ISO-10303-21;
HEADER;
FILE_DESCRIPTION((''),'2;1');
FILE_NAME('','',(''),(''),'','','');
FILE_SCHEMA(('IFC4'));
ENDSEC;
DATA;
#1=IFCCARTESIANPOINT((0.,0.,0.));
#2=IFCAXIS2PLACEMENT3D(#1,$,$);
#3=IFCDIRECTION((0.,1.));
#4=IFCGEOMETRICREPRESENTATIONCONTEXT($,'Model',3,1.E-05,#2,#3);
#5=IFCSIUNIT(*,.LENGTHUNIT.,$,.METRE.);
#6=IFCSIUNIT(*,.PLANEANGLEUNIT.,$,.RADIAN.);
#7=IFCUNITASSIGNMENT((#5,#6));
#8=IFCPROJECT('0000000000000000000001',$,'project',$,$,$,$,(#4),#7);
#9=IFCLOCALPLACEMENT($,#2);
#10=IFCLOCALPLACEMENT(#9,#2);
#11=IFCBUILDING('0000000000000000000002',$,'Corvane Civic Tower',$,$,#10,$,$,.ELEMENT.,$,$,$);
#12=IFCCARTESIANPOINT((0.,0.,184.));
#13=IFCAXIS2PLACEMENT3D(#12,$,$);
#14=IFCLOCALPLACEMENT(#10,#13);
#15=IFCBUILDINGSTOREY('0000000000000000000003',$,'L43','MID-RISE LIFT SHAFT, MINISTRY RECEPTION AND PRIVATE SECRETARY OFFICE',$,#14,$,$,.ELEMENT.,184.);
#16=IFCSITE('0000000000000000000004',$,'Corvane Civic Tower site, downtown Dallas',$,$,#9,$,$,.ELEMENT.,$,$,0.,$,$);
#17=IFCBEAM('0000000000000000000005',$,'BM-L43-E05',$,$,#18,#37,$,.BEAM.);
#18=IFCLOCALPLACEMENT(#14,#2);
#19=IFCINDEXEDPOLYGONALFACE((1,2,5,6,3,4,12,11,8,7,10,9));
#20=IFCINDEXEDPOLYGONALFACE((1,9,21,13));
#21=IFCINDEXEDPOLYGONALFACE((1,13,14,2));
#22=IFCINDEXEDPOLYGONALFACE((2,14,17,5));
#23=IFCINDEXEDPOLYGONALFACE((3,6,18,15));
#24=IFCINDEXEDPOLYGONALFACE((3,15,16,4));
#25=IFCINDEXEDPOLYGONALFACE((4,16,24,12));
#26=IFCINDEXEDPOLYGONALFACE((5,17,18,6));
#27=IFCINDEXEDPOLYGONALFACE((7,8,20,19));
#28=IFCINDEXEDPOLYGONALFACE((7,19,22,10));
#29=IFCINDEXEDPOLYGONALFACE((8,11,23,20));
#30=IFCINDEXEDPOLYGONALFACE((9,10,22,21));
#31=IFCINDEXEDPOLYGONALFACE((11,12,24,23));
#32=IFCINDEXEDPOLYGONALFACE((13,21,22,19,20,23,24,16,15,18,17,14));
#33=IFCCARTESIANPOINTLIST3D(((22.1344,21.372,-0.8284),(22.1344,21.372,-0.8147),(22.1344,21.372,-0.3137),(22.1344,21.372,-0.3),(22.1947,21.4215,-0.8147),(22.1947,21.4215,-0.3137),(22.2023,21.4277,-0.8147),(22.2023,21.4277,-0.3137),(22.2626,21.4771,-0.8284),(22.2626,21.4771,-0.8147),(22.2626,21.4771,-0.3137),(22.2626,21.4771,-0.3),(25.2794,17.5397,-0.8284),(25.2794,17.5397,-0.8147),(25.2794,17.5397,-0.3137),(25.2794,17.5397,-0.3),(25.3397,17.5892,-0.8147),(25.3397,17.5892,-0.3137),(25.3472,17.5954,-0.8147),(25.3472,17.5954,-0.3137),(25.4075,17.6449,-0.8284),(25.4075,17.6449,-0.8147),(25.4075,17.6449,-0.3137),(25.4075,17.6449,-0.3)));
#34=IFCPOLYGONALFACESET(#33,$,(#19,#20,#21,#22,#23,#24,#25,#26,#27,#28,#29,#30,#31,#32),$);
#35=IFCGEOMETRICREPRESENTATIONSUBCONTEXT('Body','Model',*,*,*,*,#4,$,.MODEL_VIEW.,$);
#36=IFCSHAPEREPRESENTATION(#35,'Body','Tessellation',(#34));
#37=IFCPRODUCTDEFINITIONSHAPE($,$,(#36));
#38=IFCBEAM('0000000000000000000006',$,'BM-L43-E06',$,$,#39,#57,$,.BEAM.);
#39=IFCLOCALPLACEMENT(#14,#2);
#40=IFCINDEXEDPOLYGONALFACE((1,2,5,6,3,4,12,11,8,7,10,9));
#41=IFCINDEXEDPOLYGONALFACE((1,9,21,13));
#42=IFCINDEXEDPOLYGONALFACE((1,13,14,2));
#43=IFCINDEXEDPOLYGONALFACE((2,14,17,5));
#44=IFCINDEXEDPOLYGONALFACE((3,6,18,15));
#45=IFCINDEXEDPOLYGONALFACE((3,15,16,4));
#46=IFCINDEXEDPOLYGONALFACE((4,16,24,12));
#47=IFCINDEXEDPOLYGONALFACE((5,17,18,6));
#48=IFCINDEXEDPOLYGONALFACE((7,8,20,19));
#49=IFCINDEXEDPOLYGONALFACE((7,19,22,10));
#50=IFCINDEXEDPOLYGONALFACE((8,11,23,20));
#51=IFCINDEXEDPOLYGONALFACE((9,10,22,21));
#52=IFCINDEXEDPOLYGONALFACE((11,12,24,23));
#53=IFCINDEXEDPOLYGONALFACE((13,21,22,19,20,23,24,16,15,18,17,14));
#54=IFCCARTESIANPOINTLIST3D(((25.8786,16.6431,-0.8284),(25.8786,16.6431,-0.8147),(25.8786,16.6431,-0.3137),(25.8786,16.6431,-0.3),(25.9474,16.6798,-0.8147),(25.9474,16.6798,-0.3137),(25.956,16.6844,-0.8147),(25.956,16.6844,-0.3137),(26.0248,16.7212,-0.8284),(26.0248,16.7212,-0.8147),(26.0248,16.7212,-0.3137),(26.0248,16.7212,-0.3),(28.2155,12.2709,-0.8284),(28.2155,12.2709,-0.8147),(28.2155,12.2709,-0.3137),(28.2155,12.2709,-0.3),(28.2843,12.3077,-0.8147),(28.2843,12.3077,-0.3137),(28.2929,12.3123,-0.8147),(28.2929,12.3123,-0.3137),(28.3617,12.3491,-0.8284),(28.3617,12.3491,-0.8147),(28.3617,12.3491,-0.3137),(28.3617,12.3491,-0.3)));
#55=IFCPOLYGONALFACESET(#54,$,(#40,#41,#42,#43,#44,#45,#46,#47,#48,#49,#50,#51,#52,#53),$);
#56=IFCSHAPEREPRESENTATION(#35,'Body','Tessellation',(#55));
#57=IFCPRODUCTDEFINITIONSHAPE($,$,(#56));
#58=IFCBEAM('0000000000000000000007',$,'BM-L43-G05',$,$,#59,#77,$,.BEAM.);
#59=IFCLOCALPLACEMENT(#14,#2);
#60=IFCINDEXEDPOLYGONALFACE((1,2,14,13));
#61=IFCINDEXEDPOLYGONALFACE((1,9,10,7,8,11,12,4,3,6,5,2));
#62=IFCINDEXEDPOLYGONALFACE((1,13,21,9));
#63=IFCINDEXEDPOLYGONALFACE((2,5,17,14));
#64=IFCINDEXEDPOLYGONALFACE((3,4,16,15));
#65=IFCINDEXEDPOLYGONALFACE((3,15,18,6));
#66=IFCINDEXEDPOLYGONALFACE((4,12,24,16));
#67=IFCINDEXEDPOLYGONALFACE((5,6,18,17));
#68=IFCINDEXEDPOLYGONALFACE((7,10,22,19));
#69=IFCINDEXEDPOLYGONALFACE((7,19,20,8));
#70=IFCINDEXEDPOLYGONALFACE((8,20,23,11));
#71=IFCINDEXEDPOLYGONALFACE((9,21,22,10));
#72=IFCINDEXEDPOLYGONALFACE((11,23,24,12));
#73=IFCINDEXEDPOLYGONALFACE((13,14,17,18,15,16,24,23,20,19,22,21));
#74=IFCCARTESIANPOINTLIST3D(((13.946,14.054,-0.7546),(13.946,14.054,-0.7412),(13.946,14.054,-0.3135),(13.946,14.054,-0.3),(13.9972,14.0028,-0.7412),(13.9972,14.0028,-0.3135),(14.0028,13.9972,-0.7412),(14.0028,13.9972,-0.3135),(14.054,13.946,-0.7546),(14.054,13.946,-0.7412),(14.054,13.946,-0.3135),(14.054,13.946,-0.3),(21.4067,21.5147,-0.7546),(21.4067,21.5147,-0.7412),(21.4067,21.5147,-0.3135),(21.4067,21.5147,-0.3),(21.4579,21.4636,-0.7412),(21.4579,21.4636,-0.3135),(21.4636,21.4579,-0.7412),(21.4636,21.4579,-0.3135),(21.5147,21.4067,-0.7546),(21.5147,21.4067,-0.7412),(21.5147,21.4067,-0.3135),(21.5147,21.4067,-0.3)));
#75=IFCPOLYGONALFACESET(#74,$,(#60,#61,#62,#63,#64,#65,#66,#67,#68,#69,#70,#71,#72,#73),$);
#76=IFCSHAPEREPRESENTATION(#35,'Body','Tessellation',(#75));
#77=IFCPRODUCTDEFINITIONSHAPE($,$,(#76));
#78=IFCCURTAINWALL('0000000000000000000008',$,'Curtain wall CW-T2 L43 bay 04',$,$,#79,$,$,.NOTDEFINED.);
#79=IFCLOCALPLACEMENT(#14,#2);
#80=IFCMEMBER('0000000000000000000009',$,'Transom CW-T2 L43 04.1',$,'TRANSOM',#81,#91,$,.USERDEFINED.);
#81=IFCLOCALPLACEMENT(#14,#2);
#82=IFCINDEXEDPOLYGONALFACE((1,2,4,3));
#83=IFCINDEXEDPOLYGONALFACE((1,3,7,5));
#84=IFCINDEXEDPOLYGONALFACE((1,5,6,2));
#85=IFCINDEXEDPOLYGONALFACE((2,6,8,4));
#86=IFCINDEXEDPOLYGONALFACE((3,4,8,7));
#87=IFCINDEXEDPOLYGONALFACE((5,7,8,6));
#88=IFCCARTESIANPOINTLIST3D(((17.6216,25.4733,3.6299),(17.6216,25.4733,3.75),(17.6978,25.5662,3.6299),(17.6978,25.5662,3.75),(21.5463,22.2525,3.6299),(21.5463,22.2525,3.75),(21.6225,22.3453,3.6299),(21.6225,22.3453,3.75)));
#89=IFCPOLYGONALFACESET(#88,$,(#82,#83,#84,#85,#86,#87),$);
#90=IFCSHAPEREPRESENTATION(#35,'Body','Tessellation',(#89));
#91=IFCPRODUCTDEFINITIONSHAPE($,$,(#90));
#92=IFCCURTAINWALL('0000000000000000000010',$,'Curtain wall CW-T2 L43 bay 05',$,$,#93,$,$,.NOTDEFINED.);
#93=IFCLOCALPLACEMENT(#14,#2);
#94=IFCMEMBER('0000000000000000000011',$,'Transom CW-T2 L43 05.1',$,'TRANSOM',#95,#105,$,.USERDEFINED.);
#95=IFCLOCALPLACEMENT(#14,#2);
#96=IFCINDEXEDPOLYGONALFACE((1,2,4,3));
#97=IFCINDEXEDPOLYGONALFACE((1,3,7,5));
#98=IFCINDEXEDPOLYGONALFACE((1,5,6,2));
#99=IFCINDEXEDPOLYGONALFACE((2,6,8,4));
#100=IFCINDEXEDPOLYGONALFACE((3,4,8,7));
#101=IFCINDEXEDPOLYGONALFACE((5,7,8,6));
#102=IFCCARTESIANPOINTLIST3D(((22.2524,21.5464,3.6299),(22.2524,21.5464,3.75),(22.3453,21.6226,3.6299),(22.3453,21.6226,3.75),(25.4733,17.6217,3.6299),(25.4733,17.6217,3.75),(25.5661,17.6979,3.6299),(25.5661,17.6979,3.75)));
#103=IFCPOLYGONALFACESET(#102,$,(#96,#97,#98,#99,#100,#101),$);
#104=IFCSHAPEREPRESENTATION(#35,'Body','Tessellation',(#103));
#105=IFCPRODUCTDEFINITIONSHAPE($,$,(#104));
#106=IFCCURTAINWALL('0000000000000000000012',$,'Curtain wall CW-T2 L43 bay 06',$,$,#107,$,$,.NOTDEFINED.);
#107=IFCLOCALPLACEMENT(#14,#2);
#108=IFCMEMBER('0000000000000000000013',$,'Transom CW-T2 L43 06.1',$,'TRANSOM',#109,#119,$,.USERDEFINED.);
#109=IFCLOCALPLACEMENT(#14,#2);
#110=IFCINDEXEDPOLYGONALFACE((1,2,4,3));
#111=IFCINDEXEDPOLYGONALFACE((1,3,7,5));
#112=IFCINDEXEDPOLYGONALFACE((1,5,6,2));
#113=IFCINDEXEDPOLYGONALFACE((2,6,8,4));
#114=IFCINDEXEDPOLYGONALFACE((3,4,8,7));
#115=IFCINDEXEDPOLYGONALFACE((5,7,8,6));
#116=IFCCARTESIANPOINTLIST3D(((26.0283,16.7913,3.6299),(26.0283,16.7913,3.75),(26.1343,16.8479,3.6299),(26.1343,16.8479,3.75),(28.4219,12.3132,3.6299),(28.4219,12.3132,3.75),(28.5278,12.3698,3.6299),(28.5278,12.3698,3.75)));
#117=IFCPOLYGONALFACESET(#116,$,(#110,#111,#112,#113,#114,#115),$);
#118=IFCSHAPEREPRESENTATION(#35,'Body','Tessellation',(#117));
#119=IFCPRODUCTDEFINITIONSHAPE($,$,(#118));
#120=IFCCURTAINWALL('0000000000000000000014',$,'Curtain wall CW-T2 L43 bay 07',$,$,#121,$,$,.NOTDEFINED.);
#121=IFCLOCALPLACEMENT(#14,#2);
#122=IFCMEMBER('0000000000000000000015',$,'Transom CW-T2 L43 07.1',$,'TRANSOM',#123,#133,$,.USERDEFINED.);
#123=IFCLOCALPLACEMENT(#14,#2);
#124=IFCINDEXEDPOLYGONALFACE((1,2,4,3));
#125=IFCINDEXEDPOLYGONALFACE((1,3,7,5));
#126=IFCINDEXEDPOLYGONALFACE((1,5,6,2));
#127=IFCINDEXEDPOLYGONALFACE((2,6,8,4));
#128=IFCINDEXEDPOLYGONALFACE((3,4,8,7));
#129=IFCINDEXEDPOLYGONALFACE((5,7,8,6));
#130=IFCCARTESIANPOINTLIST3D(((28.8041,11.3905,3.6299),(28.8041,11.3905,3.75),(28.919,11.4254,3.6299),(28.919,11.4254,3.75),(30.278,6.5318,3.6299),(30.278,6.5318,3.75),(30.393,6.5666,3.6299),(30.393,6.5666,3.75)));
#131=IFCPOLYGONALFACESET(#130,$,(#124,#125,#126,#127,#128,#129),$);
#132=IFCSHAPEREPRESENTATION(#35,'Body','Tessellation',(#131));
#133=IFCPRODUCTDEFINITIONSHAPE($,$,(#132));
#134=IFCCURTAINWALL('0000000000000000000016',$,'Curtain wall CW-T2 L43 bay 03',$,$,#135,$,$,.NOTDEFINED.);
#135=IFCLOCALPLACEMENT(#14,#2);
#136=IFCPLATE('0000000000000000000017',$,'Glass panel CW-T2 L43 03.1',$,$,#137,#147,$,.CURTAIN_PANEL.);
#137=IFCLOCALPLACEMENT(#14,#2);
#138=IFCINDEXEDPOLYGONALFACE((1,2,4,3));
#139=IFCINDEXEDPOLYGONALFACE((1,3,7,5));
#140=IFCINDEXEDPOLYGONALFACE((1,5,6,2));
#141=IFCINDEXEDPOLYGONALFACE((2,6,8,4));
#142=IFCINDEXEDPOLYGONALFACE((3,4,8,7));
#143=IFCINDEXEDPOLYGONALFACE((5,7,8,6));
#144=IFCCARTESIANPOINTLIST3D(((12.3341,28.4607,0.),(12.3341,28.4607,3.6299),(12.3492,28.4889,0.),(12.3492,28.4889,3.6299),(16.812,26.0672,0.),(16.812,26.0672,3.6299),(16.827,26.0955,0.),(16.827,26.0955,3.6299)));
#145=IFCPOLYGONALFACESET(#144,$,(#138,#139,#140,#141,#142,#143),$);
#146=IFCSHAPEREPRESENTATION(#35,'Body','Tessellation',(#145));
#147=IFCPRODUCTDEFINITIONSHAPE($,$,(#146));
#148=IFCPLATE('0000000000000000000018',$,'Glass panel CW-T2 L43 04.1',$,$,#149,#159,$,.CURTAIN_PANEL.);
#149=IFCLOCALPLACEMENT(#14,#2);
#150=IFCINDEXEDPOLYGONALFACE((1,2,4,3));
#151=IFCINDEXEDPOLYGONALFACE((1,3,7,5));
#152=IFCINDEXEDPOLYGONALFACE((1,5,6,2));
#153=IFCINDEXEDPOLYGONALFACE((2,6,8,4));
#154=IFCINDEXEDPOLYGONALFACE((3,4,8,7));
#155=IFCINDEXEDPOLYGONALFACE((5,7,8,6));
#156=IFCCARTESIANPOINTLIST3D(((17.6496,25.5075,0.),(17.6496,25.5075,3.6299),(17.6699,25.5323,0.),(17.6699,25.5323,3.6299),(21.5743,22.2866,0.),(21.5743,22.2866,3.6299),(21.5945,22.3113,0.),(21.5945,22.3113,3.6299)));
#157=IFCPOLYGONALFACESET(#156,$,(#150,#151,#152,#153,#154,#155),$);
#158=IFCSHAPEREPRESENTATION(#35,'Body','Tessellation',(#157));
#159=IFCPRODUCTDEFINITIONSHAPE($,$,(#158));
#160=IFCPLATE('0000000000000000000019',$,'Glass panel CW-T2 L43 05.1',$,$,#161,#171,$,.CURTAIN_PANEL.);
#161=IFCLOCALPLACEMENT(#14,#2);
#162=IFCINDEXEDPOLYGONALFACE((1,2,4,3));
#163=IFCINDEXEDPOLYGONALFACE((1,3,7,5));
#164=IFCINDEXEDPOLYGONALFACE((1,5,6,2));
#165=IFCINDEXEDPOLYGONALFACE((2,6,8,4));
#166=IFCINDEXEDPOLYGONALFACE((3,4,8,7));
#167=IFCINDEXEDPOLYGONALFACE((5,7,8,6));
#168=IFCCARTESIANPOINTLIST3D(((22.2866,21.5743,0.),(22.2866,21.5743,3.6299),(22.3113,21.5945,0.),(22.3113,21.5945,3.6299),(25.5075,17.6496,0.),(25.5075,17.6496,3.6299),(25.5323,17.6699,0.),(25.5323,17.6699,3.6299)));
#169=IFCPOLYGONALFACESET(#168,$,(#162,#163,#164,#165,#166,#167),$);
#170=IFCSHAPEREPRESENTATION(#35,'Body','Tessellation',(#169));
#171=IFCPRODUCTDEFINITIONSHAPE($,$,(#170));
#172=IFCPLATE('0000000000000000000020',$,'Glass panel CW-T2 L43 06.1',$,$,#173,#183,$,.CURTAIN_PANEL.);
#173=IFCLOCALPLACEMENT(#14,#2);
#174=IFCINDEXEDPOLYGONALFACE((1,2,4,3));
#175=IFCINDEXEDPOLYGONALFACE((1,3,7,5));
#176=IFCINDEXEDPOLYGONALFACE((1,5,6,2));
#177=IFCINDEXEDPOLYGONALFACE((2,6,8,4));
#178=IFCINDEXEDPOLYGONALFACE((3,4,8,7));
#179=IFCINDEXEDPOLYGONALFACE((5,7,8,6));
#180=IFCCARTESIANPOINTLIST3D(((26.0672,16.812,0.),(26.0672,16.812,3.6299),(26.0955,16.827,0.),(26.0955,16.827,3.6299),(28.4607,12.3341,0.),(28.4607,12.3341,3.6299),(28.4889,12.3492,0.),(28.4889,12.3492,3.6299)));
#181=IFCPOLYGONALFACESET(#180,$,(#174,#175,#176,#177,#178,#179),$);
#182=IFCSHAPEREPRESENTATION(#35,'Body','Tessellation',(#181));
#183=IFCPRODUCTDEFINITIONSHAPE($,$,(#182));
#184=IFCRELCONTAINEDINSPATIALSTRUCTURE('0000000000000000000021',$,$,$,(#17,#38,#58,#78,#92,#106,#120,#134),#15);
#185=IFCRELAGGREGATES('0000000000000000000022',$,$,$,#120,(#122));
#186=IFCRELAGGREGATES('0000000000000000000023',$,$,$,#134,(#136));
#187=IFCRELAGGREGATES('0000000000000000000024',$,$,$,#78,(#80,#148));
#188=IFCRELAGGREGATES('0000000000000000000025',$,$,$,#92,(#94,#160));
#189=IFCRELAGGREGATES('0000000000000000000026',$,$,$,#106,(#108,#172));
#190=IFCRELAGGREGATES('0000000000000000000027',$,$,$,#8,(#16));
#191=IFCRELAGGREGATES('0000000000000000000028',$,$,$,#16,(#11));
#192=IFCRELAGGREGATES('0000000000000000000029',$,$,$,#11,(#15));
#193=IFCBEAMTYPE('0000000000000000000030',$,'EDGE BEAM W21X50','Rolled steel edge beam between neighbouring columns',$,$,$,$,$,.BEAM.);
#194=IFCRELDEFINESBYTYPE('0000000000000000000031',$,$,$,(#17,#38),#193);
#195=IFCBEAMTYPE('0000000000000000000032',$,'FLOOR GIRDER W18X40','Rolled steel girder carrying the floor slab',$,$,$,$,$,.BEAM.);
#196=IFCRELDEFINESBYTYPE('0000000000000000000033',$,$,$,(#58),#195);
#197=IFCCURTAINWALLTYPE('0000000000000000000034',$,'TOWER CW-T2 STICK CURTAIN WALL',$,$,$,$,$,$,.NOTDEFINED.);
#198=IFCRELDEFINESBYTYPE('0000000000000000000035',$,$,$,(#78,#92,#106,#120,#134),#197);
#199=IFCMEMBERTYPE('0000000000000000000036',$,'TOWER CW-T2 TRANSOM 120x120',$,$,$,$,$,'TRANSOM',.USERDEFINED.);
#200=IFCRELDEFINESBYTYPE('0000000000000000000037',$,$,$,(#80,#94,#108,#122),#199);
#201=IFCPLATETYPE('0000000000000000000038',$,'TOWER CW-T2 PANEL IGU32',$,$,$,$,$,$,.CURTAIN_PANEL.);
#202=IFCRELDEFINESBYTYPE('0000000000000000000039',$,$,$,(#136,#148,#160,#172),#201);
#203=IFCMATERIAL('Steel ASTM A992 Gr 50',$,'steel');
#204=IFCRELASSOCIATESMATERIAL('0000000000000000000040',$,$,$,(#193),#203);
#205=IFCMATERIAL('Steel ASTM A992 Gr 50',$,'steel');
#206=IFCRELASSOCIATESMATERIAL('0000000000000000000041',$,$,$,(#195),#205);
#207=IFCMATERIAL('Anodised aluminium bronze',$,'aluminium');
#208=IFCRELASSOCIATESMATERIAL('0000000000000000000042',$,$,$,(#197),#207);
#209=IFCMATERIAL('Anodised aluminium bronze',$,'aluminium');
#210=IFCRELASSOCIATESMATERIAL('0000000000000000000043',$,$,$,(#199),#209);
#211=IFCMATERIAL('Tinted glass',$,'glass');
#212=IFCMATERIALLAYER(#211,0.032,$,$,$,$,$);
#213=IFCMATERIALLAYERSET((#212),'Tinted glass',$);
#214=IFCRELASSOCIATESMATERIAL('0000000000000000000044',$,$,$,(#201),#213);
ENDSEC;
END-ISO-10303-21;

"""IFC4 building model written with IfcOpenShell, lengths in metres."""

from ifc_helpers import new_model, si_unit, direction, frame, origin, origin_2d, place, context, subcontext, project, spatial, rectangle, i_section, extrude, material, layer, layer_set, material_profile, profile_set, type_object, element, aggregate, save


model = new_model("IFC4")

# Units and contexts
model_context = context("Model", 3, precision=1e-05, world=origin(), true_north=direction((0.0, 1.0)))
body_context = subcontext(model_context, "Body", "Model", "MODEL_VIEW")
ifc_project = project(units=[si_unit("LENGTHUNIT", "METRE"), si_unit("PLANEANGLEUNIT", "RADIAN")], contexts=[model_context])

# Site, building, storey
site_placement = place(None, origin())
site = spatial("IfcSite", under=ifc_project, at=site_placement, Name="Corvane Civic Tower site, downtown Dallas", CompositionType="ELEMENT", RefElevation=0.0)
building_placement = place(site_placement, origin())
building = spatial("IfcBuilding", under=site, at=building_placement, Name="Corvane Civic Tower", CompositionType="ELEMENT")
storey_placement = place(building_placement, frame((0.0, 0.0, 184.0)))
storey = spatial("IfcBuildingStorey", under=building, at=storey_placement, Name="L43", Description="MID-RISE LIFT SHAFT, MINISTRY RECEPTION AND PRIVATE SECRETARY OFFICE", CompositionType="ELEMENT", Elevation=184.0)

# Beams
ifc_material_1 = material(Name="Steel ASTM A992 Gr 50", Category="steel")
ifc_material_profile_1 = material_profile(ifc_material_1, i_section(OverallWidth=0.1658, OverallDepth=0.5283, WebThickness=0.0098, FlangeThickness=0.0137, at=origin_2d()), Name="W21X50")
ifc_profile_set_1 = profile_set([ifc_material_profile_1], Name="Steel ASTM A992 Gr 50")
beam_type_1 = type_object("IfcBeamType", Name="EDGE BEAM W21X50", Description="Rolled steel edge beam between neighbouring columns", PredefinedType="BEAM", material=ifc_profile_set_1)
for number, where, z_axis, x_axis, name in (
    (1, (22.1985, 21.4246, -0.5642), (0.634388, -0.773015, 0.0), (0.773015, 0.634388, 0.0), "BM-L43-E05"),
    (2, (25.9517, 16.6821, -0.5642), (0.471396, -0.881922, 0.0), (0.881922, 0.471396, 0.0), "BM-L43-E06"),
):
    element("IfcBeam", number, at=place(storey_placement, frame(where, z_axis=z_axis, x_axis=x_axis)), inside=storey, type_object=beam_type_1, Name=name, PredefinedType="BEAM", context=body_context, shape_type="SweptSolid", body=[
        extrude(i_section(OverallWidth=0.1658, OverallDepth=0.5283, WebThickness=0.0098, FlangeThickness=0.0137, at=origin_2d()), origin(), (0.0, 0.0, 1.0), 4.9575),
    ])
ifc_material_2 = material(Name="Steel ASTM A992 Gr 50", Category="steel")
ifc_material_profile_2 = material_profile(ifc_material_2, i_section(OverallWidth=0.1528, OverallDepth=0.4546, WebThickness=0.0081, FlangeThickness=0.0134, at=origin_2d()), Name="W18X40")
ifc_profile_set_2 = profile_set([ifc_material_profile_2], Name="Steel ASTM A992 Gr 50")
beam_type_2 = type_object("IfcBeamType", Name="FLOOR GIRDER W18X40", Description="Rolled steel girder carrying the floor slab", PredefinedType="BEAM", material=ifc_profile_set_2)
beam_placement = place(storey_placement, frame((14.0, 14.0, -0.5273), z_axis=(0.707107, 0.707107, 0.0), x_axis=(-0.707107, 0.707107, 0.0)))
element("IfcBeam", 3, at=beam_placement, inside=storey, type_object=beam_type_2, Name="BM-L43-G05", PredefinedType="BEAM", context=body_context, shape_type="SweptSolid", body=[
    extrude(i_section(OverallWidth=0.1528, OverallDepth=0.4546, WebThickness=0.0081, FlangeThickness=0.0134, at=origin_2d()), origin(), (0.0, 0.0, 1.0), 10.551),
])

# Curtain walls, members
ifc_material_3 = material(Name="Anodised aluminium bronze", Category="aluminium")
curtain_wall_type = type_object("IfcCurtainWallType", Name="TOWER CW-T2 STICK CURTAIN WALL", PredefinedType="NOTDEFINED", material=ifc_material_3)
curtain_wall_1_placement = place(storey_placement, origin())
curtain_wall_1 = element("IfcCurtainWall", 4, at=curtain_wall_1_placement, inside=storey, type_object=curtain_wall_type, Name="Curtain wall CW-T2 L43 bay 04", PredefinedType="NOTDEFINED")
ifc_material_4 = material(Name="Anodised aluminium bronze", Category="aluminium")
ifc_material_profile_3 = material_profile(ifc_material_4, rectangle(XDim=0.1201, YDim=0.1201, at=origin_2d()), Name="TOWER CW-T2 TRANSOM 120x120")
ifc_profile_set_3 = profile_set([ifc_material_profile_3], Name="Anodised aluminium bronze")
member_type = type_object("IfcMemberType", Name="TOWER CW-T2 TRANSOM 120x120", ElementType="TRANSOM", PredefinedType="USERDEFINED", material=ifc_profile_set_3)
member_1_placement = place(storey_placement, frame((17.6597, 25.5198, 3.6899), z_axis=(0.773016, -0.634387, 0.0), x_axis=(0.634387, 0.773016, 0.0)))
member_1 = element("IfcMember", 5, at=member_1_placement, type_object=member_type, Name="Transom CW-T2 L43 04.1", ObjectType="TRANSOM", PredefinedType="USERDEFINED", context=body_context, shape_type="SweptSolid", body=[
    extrude(rectangle(XDim=0.1201, YDim=0.1201, at=origin_2d()), origin(), (0.0, 0.0, 1.0), 5.0771),
])
curtain_wall_2_placement = place(storey_placement, origin())
curtain_wall_2 = element("IfcCurtainWall", 6, at=curtain_wall_2_placement, inside=storey, type_object=curtain_wall_type, Name="Curtain wall CW-T2 L43 bay 05", PredefinedType="NOTDEFINED")
member_2_placement = place(storey_placement, frame((22.2988, 21.5845, 3.6899), z_axis=(0.634387, -0.773016, 0.0), x_axis=(0.773016, 0.634387, 0.0)))
member_2 = element("IfcMember", 7, at=member_2_placement, type_object=member_type, Name="Transom CW-T2 L43 05.1", ObjectType="TRANSOM", PredefinedType="USERDEFINED", context=body_context, shape_type="SweptSolid", body=[
    extrude(rectangle(XDim=0.1201, YDim=0.1201, at=origin_2d()), origin(), (0.0, 0.0, 1.0), 5.0771),
])
curtain_wall_3_placement = place(storey_placement, origin())
curtain_wall_3 = element("IfcCurtainWall", 8, at=curtain_wall_3_placement, inside=storey, type_object=curtain_wall_type, Name="Curtain wall CW-T2 L43 bay 06", PredefinedType="NOTDEFINED")
member_3_placement = place(storey_placement, frame((26.0813, 16.8196, 3.6899), z_axis=(0.471397, -0.881921, 0.0), x_axis=(0.881921, 0.471397, 0.0)))
member_3 = element("IfcMember", 9, at=member_3_placement, type_object=member_type, Name="Transom CW-T2 L43 06.1", ObjectType="TRANSOM", PredefinedType="USERDEFINED", context=body_context, shape_type="SweptSolid", body=[
    extrude(rectangle(XDim=0.1201, YDim=0.1201, at=origin_2d()), origin(), (0.0, 0.0, 1.0), 5.0776),
])
curtain_wall_4_placement = place(storey_placement, origin())
curtain_wall_4 = element("IfcCurtainWall", 10, at=curtain_wall_4_placement, inside=storey, type_object=curtain_wall_type, Name="Curtain wall CW-T2 L43 bay 07", PredefinedType="NOTDEFINED")
member_4_placement = place(storey_placement, frame((28.8616, 11.408, 3.6899), z_axis=(0.290289, -0.956939, 0.0), x_axis=(0.956939, 0.290289, 0.0)))
member_4 = element("IfcMember", 11, at=member_4_placement, type_object=member_type, Name="Transom CW-T2 L43 07.1", ObjectType="TRANSOM", PredefinedType="USERDEFINED", context=body_context, shape_type="SweptSolid", body=[
    extrude(rectangle(XDim=0.1201, YDim=0.1201, at=origin_2d()), origin(), (0.0, 0.0, 1.0), 5.0774),
])
aggregate(curtain_wall_4, [member_4])

# Curtain wall, plate
curtain_wall_5_placement = place(storey_placement, origin())
curtain_wall_5 = element("IfcCurtainWall", 12, at=curtain_wall_5_placement, inside=storey, type_object=curtain_wall_type, Name="Curtain wall CW-T2 L43 bay 03", PredefinedType="NOTDEFINED")
ifc_material_5 = material(Name="Tinted glass", Category="glass")
ifc_layer_1 = layer(ifc_material_5, 0.032)
ifc_layer_set_1 = layer_set([ifc_layer_1], Name="Tinted glass")
plate_type = type_object("IfcPlateType", Name="TOWER CW-T2 PANEL IGU32", PredefinedType="CURTAIN_PANEL", material=ifc_layer_set_1)
plate_1_placement = place(storey_placement, frame((14.5806, 27.2781, 0.0), z_axis=(0.0, 0.0, 1.0), x_axis=(0.881922, -0.471395, 0.0)))
plate_1 = element("IfcPlate", 13, at=plate_1_placement, type_object=plate_type, Name="Glass panel CW-T2 L43 03.1", PredefinedType="CURTAIN_PANEL", context=body_context, shape_type="SweptSolid", body=[
    extrude(rectangle(XDim=5.0774, YDim=0.032, at=origin_2d()), origin(), (0.0, 0.0, 1.0), 3.6299),
])
aggregate(curtain_wall_5, [plate_1])

# Plates
plate_2_placement = place(storey_placement, frame((19.6221, 23.9094, 0.0), z_axis=(0.0, 0.0, 1.0), x_axis=(0.773005, -0.6344, 0.0)))
plate_2 = element("IfcPlate", 14, at=plate_2_placement, type_object=plate_type, Name="Glass panel CW-T2 L43 04.1", PredefinedType="CURTAIN_PANEL", context=body_context, shape_type="SweptSolid", body=[
    extrude(rectangle(XDim=5.0771, YDim=0.032, at=origin_2d()), origin(), (0.0, 0.0, 1.0), 3.6299),
])
aggregate(curtain_wall_1, [member_1, plate_2])
plate_3_placement = place(storey_placement, frame((23.9094, 19.6221, 0.0), z_axis=(0.0, 0.0, 1.0), x_axis=(0.6344, -0.773005, 0.0)))
plate_3 = element("IfcPlate", 15, at=plate_3_placement, type_object=plate_type, Name="Glass panel CW-T2 L43 05.1", PredefinedType="CURTAIN_PANEL", context=body_context, shape_type="SweptSolid", body=[
    extrude(rectangle(XDim=5.0771, YDim=0.032, at=origin_2d()), origin(), (0.0, 0.0, 1.0), 3.6299),
])
aggregate(curtain_wall_2, [member_2, plate_3])
plate_4_placement = place(storey_placement, frame((27.2781, 14.5806, 0.0), z_axis=(0.0, 0.0, 1.0), x_axis=(0.471395, -0.881922, 0.0)))
plate_4 = element("IfcPlate", 16, at=plate_4_placement, type_object=plate_type, Name="Glass panel CW-T2 L43 06.1", PredefinedType="CURTAIN_PANEL", context=body_context, shape_type="SweptSolid", body=[
    extrude(rectangle(XDim=5.0774, YDim=0.032, at=origin_2d()), origin(), (0.0, 0.0, 1.0), 3.6299),
])
aggregate(curtain_wall_3, [member_3, plate_4])

save(model, "model.ifc")
